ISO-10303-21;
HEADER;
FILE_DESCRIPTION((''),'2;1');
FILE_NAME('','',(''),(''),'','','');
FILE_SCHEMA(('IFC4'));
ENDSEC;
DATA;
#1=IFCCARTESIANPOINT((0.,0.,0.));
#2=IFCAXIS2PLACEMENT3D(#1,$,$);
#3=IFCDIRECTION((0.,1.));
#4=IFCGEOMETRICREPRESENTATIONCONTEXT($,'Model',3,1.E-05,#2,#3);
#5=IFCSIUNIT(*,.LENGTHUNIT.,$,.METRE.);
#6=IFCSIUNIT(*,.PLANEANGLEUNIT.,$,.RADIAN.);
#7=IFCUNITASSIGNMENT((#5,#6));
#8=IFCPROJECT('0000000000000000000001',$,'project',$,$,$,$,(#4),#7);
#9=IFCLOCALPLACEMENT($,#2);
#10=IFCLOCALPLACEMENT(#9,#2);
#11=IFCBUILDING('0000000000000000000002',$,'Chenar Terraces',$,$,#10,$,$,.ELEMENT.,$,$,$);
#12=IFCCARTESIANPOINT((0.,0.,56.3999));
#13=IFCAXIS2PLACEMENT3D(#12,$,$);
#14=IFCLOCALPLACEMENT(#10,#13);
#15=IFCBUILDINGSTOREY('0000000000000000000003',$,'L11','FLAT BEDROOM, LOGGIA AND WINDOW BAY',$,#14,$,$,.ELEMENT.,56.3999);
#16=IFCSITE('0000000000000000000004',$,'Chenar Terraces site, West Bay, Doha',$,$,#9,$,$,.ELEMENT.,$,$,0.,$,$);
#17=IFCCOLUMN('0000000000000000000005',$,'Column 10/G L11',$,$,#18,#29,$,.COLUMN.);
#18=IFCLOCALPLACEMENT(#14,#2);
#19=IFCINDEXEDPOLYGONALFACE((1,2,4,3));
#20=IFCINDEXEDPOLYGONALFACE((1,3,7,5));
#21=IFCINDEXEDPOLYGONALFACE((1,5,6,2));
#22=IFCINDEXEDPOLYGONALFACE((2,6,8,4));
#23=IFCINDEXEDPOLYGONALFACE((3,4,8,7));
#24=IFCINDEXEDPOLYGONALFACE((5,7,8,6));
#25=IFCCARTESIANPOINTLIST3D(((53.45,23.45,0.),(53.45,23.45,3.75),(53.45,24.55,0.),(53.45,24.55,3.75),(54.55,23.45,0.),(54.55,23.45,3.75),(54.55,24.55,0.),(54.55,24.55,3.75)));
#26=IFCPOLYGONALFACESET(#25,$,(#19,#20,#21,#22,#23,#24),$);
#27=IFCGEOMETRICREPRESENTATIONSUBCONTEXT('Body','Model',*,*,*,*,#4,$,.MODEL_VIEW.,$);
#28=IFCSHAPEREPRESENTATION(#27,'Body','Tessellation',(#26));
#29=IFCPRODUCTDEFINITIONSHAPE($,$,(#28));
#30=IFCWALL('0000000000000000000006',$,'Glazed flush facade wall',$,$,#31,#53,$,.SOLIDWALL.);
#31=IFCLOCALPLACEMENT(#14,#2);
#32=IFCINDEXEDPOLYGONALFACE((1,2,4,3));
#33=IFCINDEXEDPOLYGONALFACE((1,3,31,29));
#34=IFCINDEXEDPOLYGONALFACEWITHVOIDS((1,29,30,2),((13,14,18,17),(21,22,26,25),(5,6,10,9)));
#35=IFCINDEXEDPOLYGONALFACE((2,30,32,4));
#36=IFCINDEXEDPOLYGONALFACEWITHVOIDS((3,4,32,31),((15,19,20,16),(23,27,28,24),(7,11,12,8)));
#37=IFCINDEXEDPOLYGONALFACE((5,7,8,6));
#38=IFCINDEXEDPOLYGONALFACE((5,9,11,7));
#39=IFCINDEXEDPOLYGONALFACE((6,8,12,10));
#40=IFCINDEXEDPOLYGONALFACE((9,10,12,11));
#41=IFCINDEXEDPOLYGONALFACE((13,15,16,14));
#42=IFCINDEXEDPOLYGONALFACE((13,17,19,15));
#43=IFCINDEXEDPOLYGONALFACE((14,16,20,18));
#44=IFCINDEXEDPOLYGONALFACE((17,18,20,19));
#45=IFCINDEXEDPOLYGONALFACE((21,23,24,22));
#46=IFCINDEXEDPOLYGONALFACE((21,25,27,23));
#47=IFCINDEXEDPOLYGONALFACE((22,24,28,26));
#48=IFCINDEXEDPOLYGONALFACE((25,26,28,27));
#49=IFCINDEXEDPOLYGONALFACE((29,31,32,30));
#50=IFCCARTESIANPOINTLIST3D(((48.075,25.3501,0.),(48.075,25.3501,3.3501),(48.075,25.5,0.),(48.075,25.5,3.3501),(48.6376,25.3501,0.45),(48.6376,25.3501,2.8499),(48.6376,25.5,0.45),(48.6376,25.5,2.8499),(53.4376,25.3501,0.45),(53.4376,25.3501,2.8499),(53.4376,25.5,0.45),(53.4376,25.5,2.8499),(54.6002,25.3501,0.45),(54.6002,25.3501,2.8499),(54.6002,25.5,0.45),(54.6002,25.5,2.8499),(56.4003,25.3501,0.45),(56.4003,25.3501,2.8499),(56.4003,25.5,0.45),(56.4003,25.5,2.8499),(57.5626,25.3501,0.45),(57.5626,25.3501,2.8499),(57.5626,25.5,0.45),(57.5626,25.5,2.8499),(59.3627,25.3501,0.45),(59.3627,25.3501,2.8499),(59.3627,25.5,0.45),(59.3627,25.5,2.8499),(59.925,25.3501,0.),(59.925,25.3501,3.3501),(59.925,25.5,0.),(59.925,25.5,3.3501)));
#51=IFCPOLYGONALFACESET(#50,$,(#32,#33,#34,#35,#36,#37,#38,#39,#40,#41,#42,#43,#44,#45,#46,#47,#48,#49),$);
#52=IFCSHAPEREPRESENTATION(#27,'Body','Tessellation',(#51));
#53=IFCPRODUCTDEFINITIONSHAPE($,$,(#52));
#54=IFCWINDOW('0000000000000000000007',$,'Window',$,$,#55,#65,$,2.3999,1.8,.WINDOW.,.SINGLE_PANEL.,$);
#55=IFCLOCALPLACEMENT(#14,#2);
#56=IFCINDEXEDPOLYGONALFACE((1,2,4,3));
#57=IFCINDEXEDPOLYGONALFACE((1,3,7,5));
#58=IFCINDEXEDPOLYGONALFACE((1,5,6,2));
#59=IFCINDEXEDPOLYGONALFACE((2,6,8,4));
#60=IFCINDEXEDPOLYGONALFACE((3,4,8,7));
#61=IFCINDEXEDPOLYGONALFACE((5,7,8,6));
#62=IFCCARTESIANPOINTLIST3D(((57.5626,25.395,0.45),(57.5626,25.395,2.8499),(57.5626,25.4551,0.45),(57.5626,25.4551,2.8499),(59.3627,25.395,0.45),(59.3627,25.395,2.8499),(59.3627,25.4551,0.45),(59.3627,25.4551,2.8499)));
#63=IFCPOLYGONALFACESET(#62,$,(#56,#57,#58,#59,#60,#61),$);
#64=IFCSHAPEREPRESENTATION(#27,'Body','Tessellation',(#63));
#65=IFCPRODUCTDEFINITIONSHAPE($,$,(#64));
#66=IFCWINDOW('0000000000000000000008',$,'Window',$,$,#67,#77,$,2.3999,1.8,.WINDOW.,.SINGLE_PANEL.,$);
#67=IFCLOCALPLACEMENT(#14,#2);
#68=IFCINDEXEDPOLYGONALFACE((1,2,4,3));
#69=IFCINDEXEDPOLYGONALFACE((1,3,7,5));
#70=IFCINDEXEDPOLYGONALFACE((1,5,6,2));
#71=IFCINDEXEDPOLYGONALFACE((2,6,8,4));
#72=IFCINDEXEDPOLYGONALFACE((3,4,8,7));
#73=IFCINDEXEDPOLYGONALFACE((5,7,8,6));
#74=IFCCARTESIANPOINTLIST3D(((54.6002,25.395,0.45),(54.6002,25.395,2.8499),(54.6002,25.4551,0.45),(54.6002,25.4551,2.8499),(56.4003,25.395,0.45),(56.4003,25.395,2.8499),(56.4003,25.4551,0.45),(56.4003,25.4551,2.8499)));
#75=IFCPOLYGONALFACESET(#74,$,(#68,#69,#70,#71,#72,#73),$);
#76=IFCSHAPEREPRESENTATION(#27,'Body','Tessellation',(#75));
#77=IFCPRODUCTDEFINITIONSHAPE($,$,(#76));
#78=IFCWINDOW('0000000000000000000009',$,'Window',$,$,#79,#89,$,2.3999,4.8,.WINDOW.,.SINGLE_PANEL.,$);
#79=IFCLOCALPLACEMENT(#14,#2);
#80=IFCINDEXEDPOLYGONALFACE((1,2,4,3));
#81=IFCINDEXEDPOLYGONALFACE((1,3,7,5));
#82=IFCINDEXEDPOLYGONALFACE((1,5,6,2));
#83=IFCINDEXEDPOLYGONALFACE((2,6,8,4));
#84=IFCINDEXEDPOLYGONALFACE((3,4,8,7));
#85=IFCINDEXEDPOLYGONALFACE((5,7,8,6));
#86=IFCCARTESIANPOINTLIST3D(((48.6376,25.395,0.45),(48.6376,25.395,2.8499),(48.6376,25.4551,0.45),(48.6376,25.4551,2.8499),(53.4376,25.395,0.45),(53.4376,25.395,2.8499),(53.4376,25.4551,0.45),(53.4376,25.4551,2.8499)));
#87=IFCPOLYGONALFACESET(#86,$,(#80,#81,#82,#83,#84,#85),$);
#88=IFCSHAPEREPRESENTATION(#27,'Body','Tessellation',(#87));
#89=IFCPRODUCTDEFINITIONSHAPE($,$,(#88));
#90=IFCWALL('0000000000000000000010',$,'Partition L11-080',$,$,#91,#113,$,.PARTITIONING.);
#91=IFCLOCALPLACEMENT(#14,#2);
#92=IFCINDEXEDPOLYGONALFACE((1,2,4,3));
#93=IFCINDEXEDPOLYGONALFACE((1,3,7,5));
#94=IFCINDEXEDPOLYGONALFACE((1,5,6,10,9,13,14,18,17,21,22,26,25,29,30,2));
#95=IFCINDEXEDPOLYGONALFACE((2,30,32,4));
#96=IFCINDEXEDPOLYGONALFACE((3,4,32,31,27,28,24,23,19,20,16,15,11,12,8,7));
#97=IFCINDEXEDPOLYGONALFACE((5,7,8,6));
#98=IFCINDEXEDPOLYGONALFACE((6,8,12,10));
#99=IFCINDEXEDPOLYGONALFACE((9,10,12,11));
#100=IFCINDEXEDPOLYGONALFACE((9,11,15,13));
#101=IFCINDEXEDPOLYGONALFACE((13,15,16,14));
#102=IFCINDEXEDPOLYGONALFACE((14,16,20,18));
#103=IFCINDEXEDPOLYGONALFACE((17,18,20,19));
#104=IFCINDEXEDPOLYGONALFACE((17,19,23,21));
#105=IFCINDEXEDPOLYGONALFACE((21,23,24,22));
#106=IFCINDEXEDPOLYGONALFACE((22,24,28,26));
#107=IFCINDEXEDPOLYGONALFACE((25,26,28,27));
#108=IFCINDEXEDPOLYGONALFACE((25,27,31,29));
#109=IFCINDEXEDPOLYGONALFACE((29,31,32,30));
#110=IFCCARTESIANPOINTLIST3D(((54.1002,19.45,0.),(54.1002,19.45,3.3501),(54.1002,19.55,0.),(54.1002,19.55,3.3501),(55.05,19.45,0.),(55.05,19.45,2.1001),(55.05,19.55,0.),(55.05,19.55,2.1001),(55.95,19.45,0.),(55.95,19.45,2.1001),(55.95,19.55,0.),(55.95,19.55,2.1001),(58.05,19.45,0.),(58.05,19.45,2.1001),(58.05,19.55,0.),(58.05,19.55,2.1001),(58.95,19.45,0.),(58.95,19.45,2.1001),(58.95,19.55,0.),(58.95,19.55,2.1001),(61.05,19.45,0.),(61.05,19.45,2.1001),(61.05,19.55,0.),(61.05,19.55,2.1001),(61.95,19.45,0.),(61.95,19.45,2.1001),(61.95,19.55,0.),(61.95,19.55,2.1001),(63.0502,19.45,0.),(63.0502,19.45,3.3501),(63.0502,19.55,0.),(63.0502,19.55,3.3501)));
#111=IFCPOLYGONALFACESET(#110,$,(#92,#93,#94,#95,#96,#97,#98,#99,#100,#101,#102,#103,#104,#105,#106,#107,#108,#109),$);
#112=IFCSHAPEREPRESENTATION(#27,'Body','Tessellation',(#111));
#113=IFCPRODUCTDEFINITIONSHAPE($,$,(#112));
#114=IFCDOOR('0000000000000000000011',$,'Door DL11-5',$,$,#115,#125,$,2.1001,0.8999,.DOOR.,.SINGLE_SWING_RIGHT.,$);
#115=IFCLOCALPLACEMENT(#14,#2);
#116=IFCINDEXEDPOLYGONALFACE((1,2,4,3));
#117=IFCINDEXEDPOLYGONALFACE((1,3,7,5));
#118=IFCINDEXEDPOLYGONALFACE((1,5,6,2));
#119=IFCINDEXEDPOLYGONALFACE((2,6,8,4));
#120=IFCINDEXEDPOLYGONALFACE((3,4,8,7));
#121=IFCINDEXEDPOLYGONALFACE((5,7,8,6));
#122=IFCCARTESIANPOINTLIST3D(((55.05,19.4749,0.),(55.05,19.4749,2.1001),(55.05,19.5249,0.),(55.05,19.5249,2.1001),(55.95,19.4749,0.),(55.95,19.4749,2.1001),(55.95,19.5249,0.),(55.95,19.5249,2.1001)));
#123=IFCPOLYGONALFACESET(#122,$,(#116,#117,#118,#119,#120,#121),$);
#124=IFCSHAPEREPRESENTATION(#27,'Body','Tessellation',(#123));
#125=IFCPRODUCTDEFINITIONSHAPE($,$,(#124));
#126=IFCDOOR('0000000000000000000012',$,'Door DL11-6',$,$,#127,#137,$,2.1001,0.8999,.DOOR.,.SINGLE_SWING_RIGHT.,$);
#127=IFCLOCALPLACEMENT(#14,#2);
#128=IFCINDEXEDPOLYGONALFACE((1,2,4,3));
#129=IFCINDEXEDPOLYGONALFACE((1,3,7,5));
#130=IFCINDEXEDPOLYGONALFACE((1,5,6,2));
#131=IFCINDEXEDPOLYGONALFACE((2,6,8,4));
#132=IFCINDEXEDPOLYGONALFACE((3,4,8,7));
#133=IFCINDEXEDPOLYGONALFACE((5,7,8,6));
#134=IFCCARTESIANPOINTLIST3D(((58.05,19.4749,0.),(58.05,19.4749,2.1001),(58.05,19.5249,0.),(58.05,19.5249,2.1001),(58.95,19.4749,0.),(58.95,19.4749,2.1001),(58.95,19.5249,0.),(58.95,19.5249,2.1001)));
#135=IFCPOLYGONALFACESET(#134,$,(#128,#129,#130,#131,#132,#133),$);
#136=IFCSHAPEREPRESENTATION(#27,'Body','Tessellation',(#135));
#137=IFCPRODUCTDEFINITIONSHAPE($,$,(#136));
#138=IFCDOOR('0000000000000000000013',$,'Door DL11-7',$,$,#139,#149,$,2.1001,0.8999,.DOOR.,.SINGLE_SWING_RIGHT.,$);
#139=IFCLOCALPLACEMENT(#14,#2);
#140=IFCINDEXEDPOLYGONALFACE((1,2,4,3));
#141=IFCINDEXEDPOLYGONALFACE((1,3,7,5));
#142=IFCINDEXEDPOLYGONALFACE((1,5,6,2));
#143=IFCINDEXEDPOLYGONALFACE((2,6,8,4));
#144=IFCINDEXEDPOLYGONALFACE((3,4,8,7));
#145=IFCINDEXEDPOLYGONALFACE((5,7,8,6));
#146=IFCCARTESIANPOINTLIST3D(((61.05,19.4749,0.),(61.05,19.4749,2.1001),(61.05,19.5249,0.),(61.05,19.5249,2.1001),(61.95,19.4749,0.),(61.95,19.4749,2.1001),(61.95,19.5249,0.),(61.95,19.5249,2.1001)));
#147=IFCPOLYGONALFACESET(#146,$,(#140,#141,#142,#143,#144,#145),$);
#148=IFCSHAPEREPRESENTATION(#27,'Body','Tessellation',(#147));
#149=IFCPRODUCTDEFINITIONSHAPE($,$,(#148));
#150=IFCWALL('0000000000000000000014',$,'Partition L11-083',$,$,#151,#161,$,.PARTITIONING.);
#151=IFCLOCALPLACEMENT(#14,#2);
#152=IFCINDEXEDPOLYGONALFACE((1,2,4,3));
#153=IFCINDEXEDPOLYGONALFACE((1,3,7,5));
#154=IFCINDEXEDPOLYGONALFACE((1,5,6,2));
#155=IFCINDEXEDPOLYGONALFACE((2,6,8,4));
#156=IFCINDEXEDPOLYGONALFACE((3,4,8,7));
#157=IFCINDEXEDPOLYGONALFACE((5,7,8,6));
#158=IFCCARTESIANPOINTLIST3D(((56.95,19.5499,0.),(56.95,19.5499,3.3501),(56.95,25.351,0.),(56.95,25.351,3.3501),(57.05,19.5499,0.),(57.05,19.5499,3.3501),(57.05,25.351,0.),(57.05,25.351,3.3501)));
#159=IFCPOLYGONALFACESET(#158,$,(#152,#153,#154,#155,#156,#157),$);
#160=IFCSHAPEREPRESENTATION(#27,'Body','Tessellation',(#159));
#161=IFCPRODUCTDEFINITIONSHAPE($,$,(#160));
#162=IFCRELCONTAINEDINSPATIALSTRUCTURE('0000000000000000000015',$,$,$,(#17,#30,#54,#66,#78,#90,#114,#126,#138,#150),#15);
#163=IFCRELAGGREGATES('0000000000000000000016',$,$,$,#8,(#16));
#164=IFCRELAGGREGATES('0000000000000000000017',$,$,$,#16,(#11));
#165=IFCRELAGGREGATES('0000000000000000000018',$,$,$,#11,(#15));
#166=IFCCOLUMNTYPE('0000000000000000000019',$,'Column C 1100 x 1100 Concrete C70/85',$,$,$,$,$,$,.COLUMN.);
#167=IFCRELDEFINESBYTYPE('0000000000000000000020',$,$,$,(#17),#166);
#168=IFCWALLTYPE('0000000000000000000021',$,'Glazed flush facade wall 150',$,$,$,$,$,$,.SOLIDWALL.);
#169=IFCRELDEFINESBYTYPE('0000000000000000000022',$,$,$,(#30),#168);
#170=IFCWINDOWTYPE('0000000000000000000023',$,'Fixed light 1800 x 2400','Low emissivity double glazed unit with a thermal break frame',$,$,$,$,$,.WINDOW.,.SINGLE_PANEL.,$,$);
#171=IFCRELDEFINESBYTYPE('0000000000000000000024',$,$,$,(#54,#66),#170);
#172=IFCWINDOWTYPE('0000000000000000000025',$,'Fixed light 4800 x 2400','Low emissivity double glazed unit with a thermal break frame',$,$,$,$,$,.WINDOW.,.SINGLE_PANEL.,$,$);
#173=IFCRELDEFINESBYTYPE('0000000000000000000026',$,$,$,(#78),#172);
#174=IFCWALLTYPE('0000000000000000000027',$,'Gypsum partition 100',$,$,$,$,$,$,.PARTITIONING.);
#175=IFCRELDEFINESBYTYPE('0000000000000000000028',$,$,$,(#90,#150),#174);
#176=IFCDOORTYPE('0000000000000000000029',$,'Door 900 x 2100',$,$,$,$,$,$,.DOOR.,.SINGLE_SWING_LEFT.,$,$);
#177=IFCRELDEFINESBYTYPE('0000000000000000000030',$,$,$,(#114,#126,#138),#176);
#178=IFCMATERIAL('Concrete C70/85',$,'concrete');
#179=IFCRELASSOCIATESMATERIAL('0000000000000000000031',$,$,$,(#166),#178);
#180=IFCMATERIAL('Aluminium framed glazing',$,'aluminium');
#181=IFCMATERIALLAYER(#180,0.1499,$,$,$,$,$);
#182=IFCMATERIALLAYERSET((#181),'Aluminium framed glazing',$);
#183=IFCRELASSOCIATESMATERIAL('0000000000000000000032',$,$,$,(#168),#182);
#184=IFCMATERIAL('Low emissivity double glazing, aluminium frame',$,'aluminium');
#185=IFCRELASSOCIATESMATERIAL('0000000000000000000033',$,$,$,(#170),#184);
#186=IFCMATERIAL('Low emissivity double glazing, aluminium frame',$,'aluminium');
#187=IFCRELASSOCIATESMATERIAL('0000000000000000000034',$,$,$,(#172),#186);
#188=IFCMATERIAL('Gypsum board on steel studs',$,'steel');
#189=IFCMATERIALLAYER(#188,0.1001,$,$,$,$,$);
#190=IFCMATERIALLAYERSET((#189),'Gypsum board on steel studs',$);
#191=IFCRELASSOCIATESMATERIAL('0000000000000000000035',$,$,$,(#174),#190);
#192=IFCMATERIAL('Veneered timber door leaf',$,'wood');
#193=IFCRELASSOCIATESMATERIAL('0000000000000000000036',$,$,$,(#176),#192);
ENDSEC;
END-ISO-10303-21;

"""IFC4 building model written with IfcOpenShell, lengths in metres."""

from ifc_helpers import new_model, si_unit, direction, frame, frame_2d, origin, origin_2d, place, context, subcontext, project, spatial, rectangle, extrude, material, layer, layer_set, material_profile, profile_set, type_object, element, fill, save


model = new_model("IFC4")

# Units and contexts
model_context = context("Model", 3, precision=1e-05, world=origin(), true_north=direction((0.0, 1.0)))
body_context = subcontext(model_context, "Body", "Model", "MODEL_VIEW")
ifc_project = project(units=[si_unit("LENGTHUNIT", "METRE"), si_unit("PLANEANGLEUNIT", "RADIAN")], contexts=[model_context])

# Site, building, storey
site_placement = place(None, origin())
site = spatial("IfcSite", under=ifc_project, at=site_placement, Name="Chenar Terraces site, West Bay, Doha", CompositionType="ELEMENT", RefElevation=0.0)
building_placement = place(site_placement, origin())
building = spatial("IfcBuilding", under=site, at=building_placement, Name="Chenar Terraces", CompositionType="ELEMENT")
storey_placement = place(building_placement, frame((0.0, 0.0, 56.3999)))
storey = spatial("IfcBuildingStorey", under=building, at=storey_placement, Name="L11", Description="FLAT BEDROOM, LOGGIA AND WINDOW BAY", CompositionType="ELEMENT", Elevation=56.3999)

# Column
ifc_material_1 = material(Name="Concrete C70/85", Category="concrete")
ifc_material_profile_1 = material_profile(ifc_material_1, rectangle(XDim=1.1001, YDim=1.1001, at=origin_2d()), Name="C 1100 x 1100")
ifc_profile_set_1 = profile_set([ifc_material_profile_1], Name="Concrete C70/85")
column_type = type_object("IfcColumnType", Name="Column C 1100 x 1100 Concrete C70/85", PredefinedType="COLUMN", material=ifc_profile_set_1)
column_placement = place(storey_placement, frame((54.0, 24.0, 0.0), z_axis=(0.0, 0.0, 1.0), x_axis=(1.0, 0.0, 0.0)))
element("IfcColumn", 1, at=column_placement, inside=storey, type_object=column_type, Name="Column 10/G L11", PredefinedType="COLUMN", context=body_context, shape_type="SweptSolid", body=[
    extrude(rectangle(XDim=1.1001, YDim=1.1001, at=origin_2d()), origin(), (0.0, 0.0, 1.0), 3.75),
])

# Wall, openings, windows
ifc_material_2 = material(Name="Aluminium framed glazing", Category="aluminium")
ifc_layer_1 = layer(ifc_material_2, 0.1499)
ifc_layer_set_1 = layer_set([ifc_layer_1], Name="Aluminium framed glazing")
wall_type_1 = type_object("IfcWallType", Name="Glazed flush facade wall 150", PredefinedType="SOLIDWALL", material=ifc_layer_set_1)
wall_1_placement = place(storey_placement, frame((59.925, 25.425, 0.0), z_axis=(0.0, 0.0, 1.0), x_axis=(-1.0, 0.0, 0.0)))
wall_1 = element("IfcWall", 2, at=wall_1_placement, inside=storey, type_object=wall_type_1, Name="Glazed flush facade wall", PredefinedType="SOLIDWALL", context=body_context, shape_type="SweptSolid", body=[
    extrude(rectangle(XDim=11.8501, YDim=0.1499, at=frame_2d((5.925, 0.0))), origin(), (0.0, 0.0, 1.0), 3.3501),
])
opening_1_placement = place(wall_1_placement, frame((0.5625, 0.0, 0.45)))
opening_1 = element("IfcOpeningElement", 3, at=opening_1_placement, cuts=wall_1, PredefinedType="OPENING", context=body_context, shape_type="SweptSolid", body=[
    extrude(rectangle(XDim=1.8, YDim=2.3999, at=frame_2d((0.8999, 1.2))), frame((0.0, 0.085, 0.0), z_axis=(0.0, -1.0, 0.0), x_axis=(1.0, 0.0, 0.0)), (0.0, 0.0, 1.0), 0.1699),
])
opening_2_placement = place(wall_1_placement, frame((3.5249, 0.0, 0.45)))
opening_2 = element("IfcOpeningElement", 4, at=opening_2_placement, cuts=wall_1, PredefinedType="OPENING", context=body_context, shape_type="SweptSolid", body=[
    extrude(rectangle(XDim=1.8, YDim=2.3999, at=frame_2d((0.8999, 1.2))), frame((0.0, 0.085, 0.0), z_axis=(0.0, -1.0, 0.0), x_axis=(1.0, 0.0, 0.0)), (0.0, 0.0, 1.0), 0.1699),
])
opening_3_placement = place(wall_1_placement, frame((6.4875, 0.0, 0.45)))
opening_3 = element("IfcOpeningElement", 5, at=opening_3_placement, cuts=wall_1, PredefinedType="OPENING", context=body_context, shape_type="SweptSolid", body=[
    extrude(rectangle(XDim=4.8, YDim=2.3999, at=frame_2d((2.3999, 1.2))), frame((0.0, 0.085, 0.0), z_axis=(0.0, -1.0, 0.0), x_axis=(1.0, 0.0, 0.0)), (0.0, 0.0, 1.0), 0.1699),
])
ifc_material_3 = material(Name="Low emissivity double glazing, aluminium frame", Category="aluminium")
window_type_1 = type_object("IfcWindowType", Name="Fixed light 1800 x 2400", Description="Low emissivity double glazed unit with a thermal break frame", PartitioningType="SINGLE_PANEL", PredefinedType="WINDOW", material=ifc_material_3)
window_1_placement = place(opening_1_placement, origin())
window_1 = element("IfcWindow", 6, at=window_1_placement, inside=storey, type_object=window_type_1, Name="Window", OverallHeight=2.3999, OverallWidth=1.8, PartitioningType="SINGLE_PANEL", PredefinedType="WINDOW", context=body_context, shape_type="SweptSolid", body=[
    extrude(rectangle(XDim=1.8, YDim=2.3999, at=frame_2d((0.8999, 1.2))), frame((0.0, 0.03, 0.0), z_axis=(0.0, -1.0, 0.0), x_axis=(1.0, 0.0, 0.0)), (0.0, 0.0, 1.0), 0.0601),
])
fill(opening_1, window_1)
window_2_placement = place(opening_2_placement, origin())
window_2 = element("IfcWindow", 7, at=window_2_placement, inside=storey, type_object=window_type_1, Name="Window", OverallHeight=2.3999, OverallWidth=1.8, PartitioningType="SINGLE_PANEL", PredefinedType="WINDOW", context=body_context, shape_type="SweptSolid", body=[
    extrude(rectangle(XDim=1.8, YDim=2.3999, at=frame_2d((0.8999, 1.2))), frame((0.0, 0.03, 0.0), z_axis=(0.0, -1.0, 0.0), x_axis=(1.0, 0.0, 0.0)), (0.0, 0.0, 1.0), 0.0601),
])
fill(opening_2, window_2)
ifc_material_4 = material(Name="Low emissivity double glazing, aluminium frame", Category="aluminium")
window_type_2 = type_object("IfcWindowType", Name="Fixed light 4800 x 2400", Description="Low emissivity double glazed unit with a thermal break frame", PartitioningType="SINGLE_PANEL", PredefinedType="WINDOW", material=ifc_material_4)
window_3_placement = place(opening_3_placement, origin())
window_3 = element("IfcWindow", 8, at=window_3_placement, inside=storey, type_object=window_type_2, Name="Window", OverallHeight=2.3999, OverallWidth=4.8, PartitioningType="SINGLE_PANEL", PredefinedType="WINDOW", context=body_context, shape_type="SweptSolid", body=[
    extrude(rectangle(XDim=4.8, YDim=2.3999, at=frame_2d((2.3999, 1.2))), frame((0.0, 0.03, 0.0), z_axis=(0.0, -1.0, 0.0), x_axis=(1.0, 0.0, 0.0)), (0.0, 0.0, 1.0), 0.0601),
])
fill(opening_3, window_3)

# Wall, openings, doors
ifc_material_5 = material(Name="Gypsum board on steel studs", Category="steel")
ifc_layer_2 = layer(ifc_material_5, 0.1001)
ifc_layer_set_2 = layer_set([ifc_layer_2], Name="Gypsum board on steel studs")
wall_type_2 = type_object("IfcWallType", Name="Gypsum partition 100", PredefinedType="PARTITIONING", material=ifc_layer_set_2)
wall_2_placement = place(storey_placement, frame((54.1001, 19.5, 0.0), z_axis=(0.0, 0.0, 1.0), x_axis=(1.0, 0.0, 0.0)))
wall_2 = element("IfcWall", 9, at=wall_2_placement, inside=storey, type_object=wall_type_2, Name="Partition L11-080", PredefinedType="PARTITIONING", context=body_context, shape_type="SweptSolid", body=[
    extrude(rectangle(XDim=8.95, YDim=0.1001, at=frame_2d((4.4751, 0.0))), origin(), (0.0, 0.0, 1.0), 3.3501),
])
opening_4_placement = place(wall_2_placement, frame((0.95, 0.0, 0.0)))
opening_4 = element("IfcOpeningElement", 10, at=opening_4_placement, cuts=wall_2, PredefinedType="OPENING", context=body_context, shape_type="SweptSolid", body=[
    extrude(rectangle(XDim=0.8999, YDim=2.1001, at=frame_2d((0.45, 1.05))), frame((0.0, 0.0601, 0.0), z_axis=(0.0, -1.0, 0.0), x_axis=(1.0, 0.0, 0.0)), (0.0, 0.0, 1.0), 0.1201),
])
opening_5_placement = place(wall_2_placement, frame((3.95, 0.0, 0.0)))
opening_5 = element("IfcOpeningElement", 11, at=opening_5_placement, cuts=wall_2, PredefinedType="OPENING", context=body_context, shape_type="SweptSolid", body=[
    extrude(rectangle(XDim=0.8999, YDim=2.1001, at=frame_2d((0.45, 1.05))), frame((0.0, 0.0601, 0.0), z_axis=(0.0, -1.0, 0.0), x_axis=(1.0, 0.0, 0.0)), (0.0, 0.0, 1.0), 0.1201),
])
opening_6_placement = place(wall_2_placement, frame((6.95, 0.0, 0.0)))
opening_6 = element("IfcOpeningElement", 12, at=opening_6_placement, cuts=wall_2, PredefinedType="OPENING", context=body_context, shape_type="SweptSolid", body=[
    extrude(rectangle(XDim=0.8999, YDim=2.1001, at=frame_2d((0.45, 1.05))), frame((0.0, 0.0601, 0.0), z_axis=(0.0, -1.0, 0.0), x_axis=(1.0, 0.0, 0.0)), (0.0, 0.0, 1.0), 0.1201),
])
ifc_material_6 = material(Name="Veneered timber door leaf", Category="wood")
door_type = type_object("IfcDoorType", Name="Door 900 x 2100", OperationType="SINGLE_SWING_LEFT", PredefinedType="DOOR", material=ifc_material_6)
door_1_placement = place(opening_4_placement, origin())
door_1 = element("IfcDoor", 13, at=door_1_placement, inside=storey, type_object=door_type, Name="Door DL11-5", OperationType="SINGLE_SWING_RIGHT", OverallHeight=2.1001, OverallWidth=0.8999, PredefinedType="DOOR", context=body_context, shape_type="SweptSolid", body=[
    extrude(rectangle(XDim=0.8999, YDim=2.1001, at=frame_2d((0.45, 1.05))), frame((0.0, 0.0249, 0.0), z_axis=(0.0, -1.0, 0.0), x_axis=(1.0, 0.0, 0.0)), (0.0, 0.0, 1.0), 0.05),
])
fill(opening_4, door_1)
door_2_placement = place(opening_5_placement, origin())
door_2 = element("IfcDoor", 14, at=door_2_placement, inside=storey, type_object=door_type, Name="Door DL11-6", OperationType="SINGLE_SWING_RIGHT", OverallHeight=2.1001, OverallWidth=0.8999, PredefinedType="DOOR", context=body_context, shape_type="SweptSolid", body=[
    extrude(rectangle(XDim=0.8999, YDim=2.1001, at=frame_2d((0.45, 1.05))), frame((0.0, 0.0249, 0.0), z_axis=(0.0, -1.0, 0.0), x_axis=(1.0, 0.0, 0.0)), (0.0, 0.0, 1.0), 0.05),
])
fill(opening_5, door_2)
door_3_placement = place(opening_6_placement, origin())
door_3 = element("IfcDoor", 15, at=door_3_placement, inside=storey, type_object=door_type, Name="Door DL11-7", OperationType="SINGLE_SWING_RIGHT", OverallHeight=2.1001, OverallWidth=0.8999, PredefinedType="DOOR", context=body_context, shape_type="SweptSolid", body=[
    extrude(rectangle(XDim=0.8999, YDim=2.1001, at=frame_2d((0.45, 1.05))), frame((0.0, 0.0249, 0.0), z_axis=(0.0, -1.0, 0.0), x_axis=(1.0, 0.0, 0.0)), (0.0, 0.0, 1.0), 0.05),
])
fill(opening_6, door_3)

# Wall
wall_3_placement = place(storey_placement, frame((57.0, 19.55, 0.0), z_axis=(0.0, 0.0, 1.0), x_axis=(0.0, 1.0, 0.0)))
element("IfcWall", 16, at=wall_3_placement, inside=storey, type_object=wall_type_2, Name="Partition L11-083", PredefinedType="PARTITIONING", context=body_context, shape_type="SweptSolid", body=[
    extrude(rectangle(XDim=5.801, YDim=0.1001, at=frame_2d((2.9004, 0.0))), origin(), (0.0, 0.0, 1.0), 3.3501),
])

save(model, "model.ifc")
